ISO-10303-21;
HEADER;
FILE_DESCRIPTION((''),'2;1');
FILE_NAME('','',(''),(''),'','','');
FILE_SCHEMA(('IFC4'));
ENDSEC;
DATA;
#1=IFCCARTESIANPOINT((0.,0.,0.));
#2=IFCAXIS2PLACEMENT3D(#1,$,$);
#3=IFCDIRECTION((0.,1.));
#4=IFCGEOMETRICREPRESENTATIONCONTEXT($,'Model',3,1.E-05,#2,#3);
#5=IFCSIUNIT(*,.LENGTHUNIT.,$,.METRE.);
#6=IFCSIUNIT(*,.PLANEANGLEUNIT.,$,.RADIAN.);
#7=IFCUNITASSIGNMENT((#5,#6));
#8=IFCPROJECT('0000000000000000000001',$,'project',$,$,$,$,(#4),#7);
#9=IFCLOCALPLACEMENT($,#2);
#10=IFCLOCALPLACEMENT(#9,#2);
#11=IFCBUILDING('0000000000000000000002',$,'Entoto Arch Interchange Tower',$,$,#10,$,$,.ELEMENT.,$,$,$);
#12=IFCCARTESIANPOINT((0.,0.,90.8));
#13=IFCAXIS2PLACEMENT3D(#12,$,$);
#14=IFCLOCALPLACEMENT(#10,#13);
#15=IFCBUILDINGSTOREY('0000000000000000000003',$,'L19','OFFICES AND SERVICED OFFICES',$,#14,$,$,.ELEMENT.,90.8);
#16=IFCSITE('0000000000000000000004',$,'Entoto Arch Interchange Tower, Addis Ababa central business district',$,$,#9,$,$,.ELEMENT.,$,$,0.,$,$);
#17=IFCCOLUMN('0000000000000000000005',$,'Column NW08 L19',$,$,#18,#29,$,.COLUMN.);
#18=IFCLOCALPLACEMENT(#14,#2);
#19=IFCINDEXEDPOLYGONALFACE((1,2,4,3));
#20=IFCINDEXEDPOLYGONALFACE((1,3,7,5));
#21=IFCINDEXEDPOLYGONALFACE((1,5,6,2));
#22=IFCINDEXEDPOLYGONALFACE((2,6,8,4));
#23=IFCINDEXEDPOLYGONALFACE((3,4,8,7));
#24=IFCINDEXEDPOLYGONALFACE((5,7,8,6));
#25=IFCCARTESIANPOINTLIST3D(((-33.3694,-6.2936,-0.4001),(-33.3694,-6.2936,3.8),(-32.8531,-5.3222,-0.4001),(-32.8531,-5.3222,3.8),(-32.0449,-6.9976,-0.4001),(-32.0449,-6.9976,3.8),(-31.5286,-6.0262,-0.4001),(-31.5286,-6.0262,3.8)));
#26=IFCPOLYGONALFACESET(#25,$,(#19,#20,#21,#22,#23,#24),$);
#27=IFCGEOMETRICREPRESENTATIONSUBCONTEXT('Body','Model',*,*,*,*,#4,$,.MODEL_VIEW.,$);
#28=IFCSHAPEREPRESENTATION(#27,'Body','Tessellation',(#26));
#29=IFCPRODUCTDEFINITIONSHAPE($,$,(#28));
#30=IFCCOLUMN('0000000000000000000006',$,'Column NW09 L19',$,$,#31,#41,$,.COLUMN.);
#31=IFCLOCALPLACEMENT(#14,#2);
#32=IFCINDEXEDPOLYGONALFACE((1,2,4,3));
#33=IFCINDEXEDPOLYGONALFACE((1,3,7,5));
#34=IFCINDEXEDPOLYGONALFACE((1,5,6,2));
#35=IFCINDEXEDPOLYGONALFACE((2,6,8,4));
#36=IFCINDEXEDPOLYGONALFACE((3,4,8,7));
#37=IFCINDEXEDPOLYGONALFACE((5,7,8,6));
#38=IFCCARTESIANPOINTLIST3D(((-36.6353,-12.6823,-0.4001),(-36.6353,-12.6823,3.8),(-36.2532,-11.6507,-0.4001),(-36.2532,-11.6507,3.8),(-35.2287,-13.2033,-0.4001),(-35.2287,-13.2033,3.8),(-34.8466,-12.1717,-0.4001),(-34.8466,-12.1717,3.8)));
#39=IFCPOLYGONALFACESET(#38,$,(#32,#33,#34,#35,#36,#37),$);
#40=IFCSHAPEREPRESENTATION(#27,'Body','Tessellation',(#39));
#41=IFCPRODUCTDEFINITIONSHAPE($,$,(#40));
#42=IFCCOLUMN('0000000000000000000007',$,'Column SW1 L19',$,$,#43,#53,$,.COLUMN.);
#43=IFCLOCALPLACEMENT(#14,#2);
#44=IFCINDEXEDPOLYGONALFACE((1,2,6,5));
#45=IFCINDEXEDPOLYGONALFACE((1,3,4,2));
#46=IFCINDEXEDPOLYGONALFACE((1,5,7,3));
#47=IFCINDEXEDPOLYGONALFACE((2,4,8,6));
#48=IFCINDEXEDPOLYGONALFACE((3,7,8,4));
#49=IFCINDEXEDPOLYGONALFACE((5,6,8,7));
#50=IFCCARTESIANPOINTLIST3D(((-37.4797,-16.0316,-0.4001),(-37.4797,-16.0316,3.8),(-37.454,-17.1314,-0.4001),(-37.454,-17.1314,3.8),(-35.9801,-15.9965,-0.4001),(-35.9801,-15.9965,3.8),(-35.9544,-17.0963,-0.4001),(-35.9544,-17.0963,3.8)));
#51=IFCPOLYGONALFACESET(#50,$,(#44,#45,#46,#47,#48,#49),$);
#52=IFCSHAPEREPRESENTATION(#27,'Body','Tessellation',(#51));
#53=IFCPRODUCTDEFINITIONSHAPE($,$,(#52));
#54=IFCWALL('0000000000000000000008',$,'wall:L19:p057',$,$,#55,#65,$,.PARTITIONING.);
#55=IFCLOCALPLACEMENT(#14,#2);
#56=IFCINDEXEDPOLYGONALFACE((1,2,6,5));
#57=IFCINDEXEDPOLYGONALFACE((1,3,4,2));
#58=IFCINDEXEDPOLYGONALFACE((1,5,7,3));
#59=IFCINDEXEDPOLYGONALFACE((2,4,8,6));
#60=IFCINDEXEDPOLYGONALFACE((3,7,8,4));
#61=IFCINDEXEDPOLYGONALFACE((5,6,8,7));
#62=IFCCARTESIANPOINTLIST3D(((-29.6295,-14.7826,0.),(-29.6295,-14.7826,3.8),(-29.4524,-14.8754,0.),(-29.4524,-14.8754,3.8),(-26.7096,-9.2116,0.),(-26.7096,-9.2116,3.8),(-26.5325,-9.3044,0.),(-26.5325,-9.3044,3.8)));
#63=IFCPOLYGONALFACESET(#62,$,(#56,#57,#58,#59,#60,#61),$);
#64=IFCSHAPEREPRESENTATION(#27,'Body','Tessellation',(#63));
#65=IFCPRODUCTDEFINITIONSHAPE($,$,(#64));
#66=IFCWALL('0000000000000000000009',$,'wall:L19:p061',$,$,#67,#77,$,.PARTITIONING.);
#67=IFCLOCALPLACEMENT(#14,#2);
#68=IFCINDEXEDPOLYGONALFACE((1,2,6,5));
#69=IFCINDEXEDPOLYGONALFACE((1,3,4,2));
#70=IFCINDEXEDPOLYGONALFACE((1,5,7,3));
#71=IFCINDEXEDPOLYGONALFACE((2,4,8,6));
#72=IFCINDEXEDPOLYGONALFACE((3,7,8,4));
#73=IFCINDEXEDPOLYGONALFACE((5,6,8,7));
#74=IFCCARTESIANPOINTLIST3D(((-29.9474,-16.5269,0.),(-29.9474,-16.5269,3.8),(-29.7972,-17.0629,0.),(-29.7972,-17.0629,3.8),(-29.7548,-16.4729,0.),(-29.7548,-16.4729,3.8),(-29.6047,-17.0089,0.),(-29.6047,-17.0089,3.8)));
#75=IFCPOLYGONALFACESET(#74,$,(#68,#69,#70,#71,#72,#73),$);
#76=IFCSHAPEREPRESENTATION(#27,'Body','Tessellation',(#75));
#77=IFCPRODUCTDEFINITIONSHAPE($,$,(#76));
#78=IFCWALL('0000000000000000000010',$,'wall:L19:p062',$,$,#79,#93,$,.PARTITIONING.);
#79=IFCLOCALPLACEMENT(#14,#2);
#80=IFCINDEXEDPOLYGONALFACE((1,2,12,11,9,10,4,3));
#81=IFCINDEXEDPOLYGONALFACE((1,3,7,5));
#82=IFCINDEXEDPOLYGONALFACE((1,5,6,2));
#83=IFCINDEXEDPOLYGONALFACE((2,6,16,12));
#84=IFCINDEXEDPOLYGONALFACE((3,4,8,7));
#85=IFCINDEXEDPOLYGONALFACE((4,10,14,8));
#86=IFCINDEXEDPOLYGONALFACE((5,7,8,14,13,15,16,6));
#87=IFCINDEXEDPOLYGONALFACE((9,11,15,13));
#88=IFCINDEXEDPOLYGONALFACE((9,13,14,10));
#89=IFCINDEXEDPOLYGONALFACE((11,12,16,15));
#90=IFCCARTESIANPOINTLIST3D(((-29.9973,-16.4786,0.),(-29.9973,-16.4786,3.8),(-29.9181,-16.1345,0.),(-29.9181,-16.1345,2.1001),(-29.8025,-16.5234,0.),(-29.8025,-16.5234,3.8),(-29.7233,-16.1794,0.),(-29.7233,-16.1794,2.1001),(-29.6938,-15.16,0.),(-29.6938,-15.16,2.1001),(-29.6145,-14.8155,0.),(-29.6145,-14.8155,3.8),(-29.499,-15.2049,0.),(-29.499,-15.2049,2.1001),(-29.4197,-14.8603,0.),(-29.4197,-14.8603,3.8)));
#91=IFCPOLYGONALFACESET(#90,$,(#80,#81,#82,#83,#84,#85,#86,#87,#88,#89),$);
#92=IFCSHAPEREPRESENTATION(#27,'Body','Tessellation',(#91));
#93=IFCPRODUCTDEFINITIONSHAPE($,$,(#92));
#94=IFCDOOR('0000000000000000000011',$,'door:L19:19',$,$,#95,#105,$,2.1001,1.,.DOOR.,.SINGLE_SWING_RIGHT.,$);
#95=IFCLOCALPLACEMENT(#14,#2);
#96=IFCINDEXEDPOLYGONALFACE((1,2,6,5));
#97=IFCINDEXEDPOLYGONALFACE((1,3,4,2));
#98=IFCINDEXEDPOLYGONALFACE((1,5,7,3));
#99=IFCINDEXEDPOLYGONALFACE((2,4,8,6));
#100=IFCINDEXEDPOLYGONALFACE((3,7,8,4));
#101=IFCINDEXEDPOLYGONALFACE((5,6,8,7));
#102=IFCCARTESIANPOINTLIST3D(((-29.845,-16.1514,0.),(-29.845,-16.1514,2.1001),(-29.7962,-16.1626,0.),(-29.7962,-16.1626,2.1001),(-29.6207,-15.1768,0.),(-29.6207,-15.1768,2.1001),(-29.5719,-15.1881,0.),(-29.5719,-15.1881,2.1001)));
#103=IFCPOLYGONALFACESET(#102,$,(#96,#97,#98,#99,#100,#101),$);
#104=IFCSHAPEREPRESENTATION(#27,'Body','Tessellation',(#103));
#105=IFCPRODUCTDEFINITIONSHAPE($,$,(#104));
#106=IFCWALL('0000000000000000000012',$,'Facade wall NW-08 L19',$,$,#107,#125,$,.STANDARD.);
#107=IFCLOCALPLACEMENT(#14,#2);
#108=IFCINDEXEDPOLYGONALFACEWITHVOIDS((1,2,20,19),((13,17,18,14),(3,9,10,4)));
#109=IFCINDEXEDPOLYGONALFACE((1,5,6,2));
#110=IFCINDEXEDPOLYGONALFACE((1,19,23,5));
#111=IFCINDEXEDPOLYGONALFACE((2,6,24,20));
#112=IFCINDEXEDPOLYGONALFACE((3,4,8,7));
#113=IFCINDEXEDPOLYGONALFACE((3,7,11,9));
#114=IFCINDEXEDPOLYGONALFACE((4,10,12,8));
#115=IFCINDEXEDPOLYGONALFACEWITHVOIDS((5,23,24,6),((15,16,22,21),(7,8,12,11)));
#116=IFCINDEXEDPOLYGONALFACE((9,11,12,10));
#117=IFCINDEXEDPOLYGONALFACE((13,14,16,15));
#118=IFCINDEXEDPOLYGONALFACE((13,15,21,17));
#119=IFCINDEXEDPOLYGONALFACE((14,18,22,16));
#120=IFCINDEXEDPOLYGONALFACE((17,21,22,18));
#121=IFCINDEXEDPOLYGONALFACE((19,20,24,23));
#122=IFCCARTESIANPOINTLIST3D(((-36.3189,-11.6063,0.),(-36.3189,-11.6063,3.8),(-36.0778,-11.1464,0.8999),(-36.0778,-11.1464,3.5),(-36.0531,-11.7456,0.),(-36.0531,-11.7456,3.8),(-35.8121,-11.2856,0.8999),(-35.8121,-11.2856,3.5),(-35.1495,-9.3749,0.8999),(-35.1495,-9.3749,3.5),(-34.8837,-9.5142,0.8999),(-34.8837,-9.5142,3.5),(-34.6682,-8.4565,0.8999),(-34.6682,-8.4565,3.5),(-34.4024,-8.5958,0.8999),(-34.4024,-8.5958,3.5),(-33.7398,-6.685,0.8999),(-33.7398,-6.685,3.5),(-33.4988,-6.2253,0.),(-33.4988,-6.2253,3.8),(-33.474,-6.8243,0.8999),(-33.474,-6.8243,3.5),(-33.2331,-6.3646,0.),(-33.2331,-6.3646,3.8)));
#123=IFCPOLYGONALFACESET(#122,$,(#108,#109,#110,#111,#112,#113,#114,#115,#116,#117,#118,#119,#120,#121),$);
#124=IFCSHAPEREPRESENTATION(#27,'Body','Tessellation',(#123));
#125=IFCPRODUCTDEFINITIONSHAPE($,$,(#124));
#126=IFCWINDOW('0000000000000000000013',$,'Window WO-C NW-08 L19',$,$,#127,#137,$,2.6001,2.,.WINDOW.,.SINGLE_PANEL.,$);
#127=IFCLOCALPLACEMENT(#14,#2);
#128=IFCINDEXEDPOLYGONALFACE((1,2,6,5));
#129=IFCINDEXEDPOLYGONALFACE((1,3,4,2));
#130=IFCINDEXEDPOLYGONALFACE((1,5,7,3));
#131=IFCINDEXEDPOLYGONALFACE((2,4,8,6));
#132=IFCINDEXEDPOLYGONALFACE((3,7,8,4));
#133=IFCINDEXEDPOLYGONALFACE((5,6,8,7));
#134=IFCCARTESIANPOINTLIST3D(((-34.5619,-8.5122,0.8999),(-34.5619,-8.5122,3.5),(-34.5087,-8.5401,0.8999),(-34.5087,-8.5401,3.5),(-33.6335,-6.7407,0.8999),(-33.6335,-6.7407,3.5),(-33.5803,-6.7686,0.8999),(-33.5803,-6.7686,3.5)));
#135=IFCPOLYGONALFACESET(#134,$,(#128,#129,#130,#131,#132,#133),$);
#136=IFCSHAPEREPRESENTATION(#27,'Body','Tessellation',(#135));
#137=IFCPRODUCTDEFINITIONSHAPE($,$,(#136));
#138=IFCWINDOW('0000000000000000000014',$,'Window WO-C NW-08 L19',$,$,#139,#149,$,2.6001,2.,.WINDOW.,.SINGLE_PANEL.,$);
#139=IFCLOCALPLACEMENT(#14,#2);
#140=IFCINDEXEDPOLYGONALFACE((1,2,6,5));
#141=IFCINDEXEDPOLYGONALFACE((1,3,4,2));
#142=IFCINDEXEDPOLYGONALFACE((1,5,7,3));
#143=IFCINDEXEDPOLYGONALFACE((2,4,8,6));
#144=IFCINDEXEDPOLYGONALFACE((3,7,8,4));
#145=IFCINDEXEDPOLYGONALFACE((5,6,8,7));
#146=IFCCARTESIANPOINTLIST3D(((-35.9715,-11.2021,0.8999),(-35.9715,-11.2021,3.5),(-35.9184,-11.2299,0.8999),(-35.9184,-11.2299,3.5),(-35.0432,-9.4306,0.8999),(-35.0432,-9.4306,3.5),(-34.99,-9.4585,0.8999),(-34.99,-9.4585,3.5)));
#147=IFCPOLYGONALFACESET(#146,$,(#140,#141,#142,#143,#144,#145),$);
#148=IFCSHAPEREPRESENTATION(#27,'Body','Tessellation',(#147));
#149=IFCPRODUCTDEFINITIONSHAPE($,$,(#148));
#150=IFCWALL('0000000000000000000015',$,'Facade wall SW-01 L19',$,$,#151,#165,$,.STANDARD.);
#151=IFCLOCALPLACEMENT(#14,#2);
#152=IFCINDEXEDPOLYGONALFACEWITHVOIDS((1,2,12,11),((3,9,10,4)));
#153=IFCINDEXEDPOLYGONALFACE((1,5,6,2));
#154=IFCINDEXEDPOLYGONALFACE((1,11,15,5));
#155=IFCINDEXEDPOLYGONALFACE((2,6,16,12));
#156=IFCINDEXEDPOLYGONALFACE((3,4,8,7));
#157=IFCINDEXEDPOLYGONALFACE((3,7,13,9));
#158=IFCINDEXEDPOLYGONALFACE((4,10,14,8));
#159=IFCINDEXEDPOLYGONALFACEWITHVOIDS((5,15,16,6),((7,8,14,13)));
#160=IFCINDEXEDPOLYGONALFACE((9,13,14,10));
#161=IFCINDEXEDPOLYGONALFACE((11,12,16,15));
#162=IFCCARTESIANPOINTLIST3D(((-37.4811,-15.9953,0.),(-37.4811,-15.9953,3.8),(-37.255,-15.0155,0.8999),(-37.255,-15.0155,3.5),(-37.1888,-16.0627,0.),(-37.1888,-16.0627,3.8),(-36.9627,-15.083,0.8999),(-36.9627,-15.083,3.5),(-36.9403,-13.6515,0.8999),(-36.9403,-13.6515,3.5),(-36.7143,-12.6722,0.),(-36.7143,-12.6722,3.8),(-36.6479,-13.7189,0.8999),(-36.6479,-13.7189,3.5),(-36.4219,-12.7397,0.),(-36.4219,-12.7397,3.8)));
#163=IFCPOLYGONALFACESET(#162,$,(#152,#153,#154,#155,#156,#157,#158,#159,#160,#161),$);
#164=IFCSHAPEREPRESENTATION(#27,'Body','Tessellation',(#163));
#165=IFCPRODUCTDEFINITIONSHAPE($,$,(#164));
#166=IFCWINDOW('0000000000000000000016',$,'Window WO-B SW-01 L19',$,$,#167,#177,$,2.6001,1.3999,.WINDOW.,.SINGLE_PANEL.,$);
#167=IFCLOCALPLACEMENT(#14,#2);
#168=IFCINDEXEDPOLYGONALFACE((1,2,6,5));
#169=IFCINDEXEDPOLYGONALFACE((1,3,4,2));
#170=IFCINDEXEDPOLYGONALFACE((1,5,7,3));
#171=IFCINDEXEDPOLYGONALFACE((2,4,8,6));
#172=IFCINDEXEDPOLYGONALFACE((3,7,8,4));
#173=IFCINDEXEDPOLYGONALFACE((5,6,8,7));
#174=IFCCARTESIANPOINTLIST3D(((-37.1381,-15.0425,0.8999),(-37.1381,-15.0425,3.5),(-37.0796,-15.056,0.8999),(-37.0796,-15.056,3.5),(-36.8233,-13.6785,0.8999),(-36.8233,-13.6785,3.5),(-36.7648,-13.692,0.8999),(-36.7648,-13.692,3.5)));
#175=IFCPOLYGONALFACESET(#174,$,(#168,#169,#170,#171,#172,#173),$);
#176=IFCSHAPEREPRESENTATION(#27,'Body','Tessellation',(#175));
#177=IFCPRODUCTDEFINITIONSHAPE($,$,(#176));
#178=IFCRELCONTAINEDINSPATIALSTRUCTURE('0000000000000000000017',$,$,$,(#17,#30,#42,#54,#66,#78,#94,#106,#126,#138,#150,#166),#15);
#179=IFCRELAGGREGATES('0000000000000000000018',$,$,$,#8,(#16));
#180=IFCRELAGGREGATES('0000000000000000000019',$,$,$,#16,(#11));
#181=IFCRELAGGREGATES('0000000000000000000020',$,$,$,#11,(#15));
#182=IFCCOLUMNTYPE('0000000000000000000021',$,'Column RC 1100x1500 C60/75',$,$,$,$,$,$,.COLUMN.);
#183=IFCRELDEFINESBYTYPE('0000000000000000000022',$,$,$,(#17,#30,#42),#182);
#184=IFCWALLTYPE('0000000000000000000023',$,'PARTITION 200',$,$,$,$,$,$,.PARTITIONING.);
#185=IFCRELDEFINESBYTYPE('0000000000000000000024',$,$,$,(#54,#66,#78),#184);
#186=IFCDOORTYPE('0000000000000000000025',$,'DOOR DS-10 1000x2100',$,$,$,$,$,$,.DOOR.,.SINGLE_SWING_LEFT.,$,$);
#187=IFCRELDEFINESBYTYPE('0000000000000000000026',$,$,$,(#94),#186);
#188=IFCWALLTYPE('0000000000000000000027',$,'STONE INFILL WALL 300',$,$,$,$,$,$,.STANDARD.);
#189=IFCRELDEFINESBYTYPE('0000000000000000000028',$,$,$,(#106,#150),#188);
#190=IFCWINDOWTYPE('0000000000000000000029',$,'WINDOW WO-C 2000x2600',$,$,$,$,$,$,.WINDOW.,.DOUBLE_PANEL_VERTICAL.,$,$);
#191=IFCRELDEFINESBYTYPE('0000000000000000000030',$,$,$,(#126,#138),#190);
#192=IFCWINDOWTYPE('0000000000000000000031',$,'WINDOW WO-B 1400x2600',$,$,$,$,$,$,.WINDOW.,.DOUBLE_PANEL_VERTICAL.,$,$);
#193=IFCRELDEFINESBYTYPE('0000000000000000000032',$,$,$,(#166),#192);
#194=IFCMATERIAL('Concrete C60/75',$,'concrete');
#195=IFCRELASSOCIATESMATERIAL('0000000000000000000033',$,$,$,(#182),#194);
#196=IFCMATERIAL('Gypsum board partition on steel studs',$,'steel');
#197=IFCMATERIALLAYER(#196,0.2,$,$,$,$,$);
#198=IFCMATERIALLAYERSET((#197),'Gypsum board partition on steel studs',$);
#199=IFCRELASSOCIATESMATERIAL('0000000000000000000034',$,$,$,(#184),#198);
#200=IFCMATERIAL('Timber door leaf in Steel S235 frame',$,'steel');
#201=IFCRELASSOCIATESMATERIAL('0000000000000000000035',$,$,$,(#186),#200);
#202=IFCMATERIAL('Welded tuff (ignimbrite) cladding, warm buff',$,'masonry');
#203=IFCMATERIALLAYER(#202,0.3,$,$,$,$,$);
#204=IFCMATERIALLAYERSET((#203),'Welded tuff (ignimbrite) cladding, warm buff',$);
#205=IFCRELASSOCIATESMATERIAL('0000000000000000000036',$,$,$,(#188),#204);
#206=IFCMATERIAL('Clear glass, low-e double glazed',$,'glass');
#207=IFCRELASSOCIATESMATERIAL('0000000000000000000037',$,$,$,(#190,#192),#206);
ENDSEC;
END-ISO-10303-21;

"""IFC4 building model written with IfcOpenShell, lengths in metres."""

from ifc_helpers import new_model, si_unit, direction, frame, frame_2d, origin, origin_2d, place, context, subcontext, project, spatial, rectangle, extrude, material, layer, layer_set, material_profile, profile_set, type_object, element, fill, save


model = new_model("IFC4")

# Units and contexts
model_context = context("Model", 3, precision=1e-05, world=origin(), true_north=direction((0.0, 1.0)))
body_context = subcontext(model_context, "Body", "Model", "MODEL_VIEW")
ifc_project = project(units=[si_unit("LENGTHUNIT", "METRE"), si_unit("PLANEANGLEUNIT", "RADIAN")], contexts=[model_context])

# Site, building, storey
site_placement = place(None, origin())
site = spatial("IfcSite", under=ifc_project, at=site_placement, Name="Entoto Arch Interchange Tower, Addis Ababa central business district", CompositionType="ELEMENT", RefElevation=0.0)
building_placement = place(site_placement, origin())
building = spatial("IfcBuilding", under=site, at=building_placement, Name="Entoto Arch Interchange Tower", CompositionType="ELEMENT")
storey_placement = place(building_placement, frame((0.0, 0.0, 90.8)))
storey = spatial("IfcBuildingStorey", under=building, at=storey_placement, Name="L19", Description="OFFICES AND SERVICED OFFICES", CompositionType="ELEMENT", Elevation=90.8)

# Columns
ifc_material_1 = material(Name="Concrete C60/75", Category="concrete")
ifc_material_profile = material_profile(ifc_material_1, rectangle(XDim=1.1001, YDim=1.5, at=origin_2d()))
ifc_profile_set = profile_set([ifc_material_profile], Name="Concrete C60/75")
column_type = type_object("IfcColumnType", Name="Column RC 1100x1500 C60/75", PredefinedType="COLUMN", material=ifc_profile_set)
for number, where, z_axis, x_axis, name in (
    (1, (-32.449, -6.1599, -0.4001), (0.0, 0.0, 1.0), (0.469333, 0.883021, 0.0), "Column NW08 L19"),
    (2, (-35.741, -12.427, -0.4001), (0.0, 0.0, 1.0), (0.347312, 0.93775, 0.0), "Column NW09 L19"),
    (3, (-36.717, -16.564, -0.4001), (0.0, 0.0, 1.0), (-0.023385, 0.999727, 0.0), "Column SW1 L19"),
):
    element("IfcColumn", number, at=place(storey_placement, frame(where, z_axis=z_axis, x_axis=x_axis)), inside=storey, type_object=column_type, Name=name, PredefinedType="COLUMN", context=body_context, shape_type="SweptSolid", body=[
        extrude(rectangle(XDim=1.1001, YDim=1.5, at=origin_2d()), origin(), (0.0, 0.0, 1.0), 4.2002),
    ])

# Walls
ifc_material_2 = material(Name="Gypsum board partition on steel studs", Category="steel")
ifc_layer_1 = layer(ifc_material_2, 0.2)
ifc_layer_set_1 = layer_set([ifc_layer_1], Name="Gypsum board partition on steel studs")
wall_type_1 = type_object("IfcWallType", Name="PARTITION 200", PredefinedType="PARTITIONING", material=ifc_layer_set_1)
wall_1_placement = place(storey_placement, frame((-29.541, -14.8291, 0.0), z_axis=(0.0, 0.0, 1.0), x_axis=(0.464226, 0.885717, 0.0)))
element("IfcWall", 4, at=wall_1_placement, inside=storey, type_object=wall_type_1, Name="wall:L19:p057", PredefinedType="PARTITIONING", context=body_context, shape_type="SweptSolid", body=[
    extrude(rectangle(XDim=6.2898, YDim=0.2, at=frame_2d((3.145, 0.0))), origin(), (0.0, 0.0, 1.0), 3.8),
])
wall_2_placement = place(storey_placement, frame((-29.7009, -17.0359, 0.0), z_axis=(0.0, 0.0, 1.0), x_axis=(-0.269793, 0.962918, 0.0)))
element("IfcWall", 5, at=wall_2_placement, inside=storey, type_object=wall_type_1, Name="wall:L19:p061", PredefinedType="PARTITIONING", context=body_context, shape_type="SweptSolid", body=[
    extrude(rectangle(XDim=0.5566, YDim=0.2, at=frame_2d((0.2783, 0.0))), origin(), (0.0, 0.0, 1.0), 3.8),
])

# Wall, opening, door
wall_3_placement = place(storey_placement, frame((-29.8999, -16.501, 0.0), z_axis=(0.0, 0.0, 1.0), x_axis=(0.224316, 0.974516, 0.0)))
wall_3 = element("IfcWall", 6, at=wall_3_placement, inside=storey, type_object=wall_type_1, Name="wall:L19:p062", PredefinedType="PARTITIONING", context=body_context, shape_type="SweptSolid", body=[
    extrude(rectangle(XDim=1.7065, YDim=0.2, at=frame_2d((0.8533, 0.0))), origin(), (0.0, 0.0, 1.0), 3.8),
])
opening_1_placement = place(wall_3_placement, frame((0.353, 0.0, 0.0)))
opening_1 = element("IfcOpeningElement", 7, at=opening_1_placement, cuts=wall_3, PredefinedType="OPENING", context=body_context, shape_type="SweptSolid", body=[
    extrude(rectangle(XDim=1.0, YDim=2.1001, at=frame_2d((0.5, 1.05))), frame((0.0, 0.1099, 0.0), z_axis=(0.0, -1.0, 0.0), x_axis=(1.0, 0.0, 0.0)), (0.0, 0.0, 1.0), 0.22),
])
ifc_material_3 = material(Name="Timber door leaf in Steel S235 frame", Category="steel")
door_type = type_object("IfcDoorType", Name="DOOR DS-10 1000x2100", OperationType="SINGLE_SWING_LEFT", PredefinedType="DOOR", material=ifc_material_3)
door_placement = place(opening_1_placement, origin())
door = element("IfcDoor", 8, at=door_placement, inside=storey, type_object=door_type, Name="door:L19:19", OperationType="SINGLE_SWING_RIGHT", OverallHeight=2.1001, OverallWidth=1.0, PredefinedType="DOOR", context=body_context, shape_type="SweptSolid", body=[
    extrude(rectangle(XDim=1.0, YDim=2.1001, at=frame_2d((0.5, 1.05))), frame((0.0, 0.0249, 0.0), z_axis=(0.0, -1.0, 0.0), x_axis=(1.0, 0.0, 0.0)), (0.0, 0.0, 1.0), 0.05),
])
fill(opening_1, door)

# Wall, openings, windows
ifc_material_4 = material(Name="Welded tuff (ignimbrite) cladding, warm buff", Category="masonry")
ifc_layer_2 = layer(ifc_material_4, 0.3)
ifc_layer_set_2 = layer_set([ifc_layer_2], Name="Welded tuff (ignimbrite) cladding, warm buff")
wall_type_2 = type_object("IfcWallType", Name="STONE INFILL WALL 300", PredefinedType="STANDARD", material=ifc_layer_set_2)
wall_4_placement = place(storey_placement, frame((-33.366, -6.2949, 0.0), z_axis=(0.0, 0.0, 1.0), x_axis=(-0.464187, -0.885737, 0.0)))
wall_4 = element("IfcWall", 9, at=wall_4_placement, inside=storey, type_object=wall_type_2, Name="Facade wall NW-08 L19", PredefinedType="STANDARD", context=body_context, shape_type="SweptSolid", body=[
    extrude(rectangle(XDim=6.0752, YDim=0.3, at=frame_2d((3.0376, 0.0))), origin(), (0.0, 0.0, 1.0), 3.8),
])
opening_2_placement = place(wall_4_placement, frame((0.519, 0.0, 0.8999)))
opening_2 = element("IfcOpeningElement", 10, at=opening_2_placement, cuts=wall_4, PredefinedType="OPENING", context=body_context, shape_type="SweptSolid", body=[
    extrude(rectangle(XDim=2.0, YDim=2.6001, at=frame_2d((1.0, 1.3))), frame((0.0, 0.1602, 0.0), z_axis=(0.0, -1.0, 0.0), x_axis=(1.0, 0.0, 0.0)), (0.0, 0.0, 1.0), 0.3201),
])
opening_3_placement = place(wall_4_placement, frame((3.5559, 0.0, 0.8999)))
opening_3 = element("IfcOpeningElement", 11, at=opening_3_placement, cuts=wall_4, PredefinedType="OPENING", context=body_context, shape_type="SweptSolid", body=[
    extrude(rectangle(XDim=2.0, YDim=2.6001, at=frame_2d((1.0, 1.3))), frame((0.0, 0.1602, 0.0), z_axis=(0.0, -1.0, 0.0), x_axis=(1.0, 0.0, 0.0)), (0.0, 0.0, 1.0), 0.3201),
])
ifc_material_5 = material(Name="Clear glass, low-e double glazed", Category="glass")
window_type_1 = type_object("IfcWindowType", Name="WINDOW WO-C 2000x2600", PartitioningType="DOUBLE_PANEL_VERTICAL", PredefinedType="WINDOW", material=ifc_material_5)
window_1_placement = place(opening_2_placement, origin())
window_1 = element("IfcWindow", 12, at=window_1_placement, inside=storey, type_object=window_type_1, Name="Window WO-C NW-08 L19", OverallHeight=2.6001, OverallWidth=2.0, PartitioningType="SINGLE_PANEL", PredefinedType="WINDOW", context=body_context, shape_type="SweptSolid", body=[
    extrude(rectangle(XDim=2.0, YDim=2.6001, at=frame_2d((1.0, 1.3))), frame((0.0, 0.03, 0.0), z_axis=(0.0, -1.0, 0.0), x_axis=(1.0, 0.0, 0.0)), (0.0, 0.0, 1.0), 0.0601),
])
fill(opening_2, window_1)
window_2_placement = place(opening_3_placement, origin())
window_2 = element("IfcWindow", 13, at=window_2_placement, inside=storey, type_object=window_type_1, Name="Window WO-C NW-08 L19", OverallHeight=2.6001, OverallWidth=2.0, PartitioningType="SINGLE_PANEL", PredefinedType="WINDOW", context=body_context, shape_type="SweptSolid", body=[
    extrude(rectangle(XDim=2.0, YDim=2.6001, at=frame_2d((1.0, 1.3))), frame((0.0, 0.03, 0.0), z_axis=(0.0, -1.0, 0.0), x_axis=(1.0, 0.0, 0.0)), (0.0, 0.0, 1.0), 0.0601),
])
fill(opening_3, window_2)

# Wall, opening, window
wall_5_placement = place(storey_placement, frame((-36.5681, -12.7061, 0.0), z_axis=(0.0, 0.0, 1.0), x_axis=(-0.22486, -0.974391, 0.0)))
wall_5 = element("IfcWall", 14, at=wall_5_placement, inside=storey, type_object=wall_type_2, Name="Facade wall SW-01 L19", PredefinedType="STANDARD", context=body_context, shape_type="SweptSolid", body=[
    extrude(rectangle(XDim=3.4104, YDim=0.3, at=frame_2d((1.7051, 0.0))), origin(), (0.0, 0.0, 1.0), 3.8),
])
opening_4_placement = place(wall_5_placement, frame((1.0049, 0.0, 0.8999)))
opening_4 = element("IfcOpeningElement", 15, at=opening_4_placement, cuts=wall_5, PredefinedType="OPENING", context=body_context, shape_type="SweptSolid", body=[
    extrude(rectangle(XDim=1.3999, YDim=2.6001, at=frame_2d((0.7, 1.3))), frame((0.0, 0.1602, 0.0), z_axis=(0.0, -1.0, 0.0), x_axis=(1.0, 0.0, 0.0)), (0.0, 0.0, 1.0), 0.3201),
])
window_type_2 = type_object("IfcWindowType", Name="WINDOW WO-B 1400x2600", PartitioningType="DOUBLE_PANEL_VERTICAL", PredefinedType="WINDOW", material=ifc_material_5)
window_3_placement = place(opening_4_placement, origin())
window_3 = element("IfcWindow", 16, at=window_3_placement, inside=storey, type_object=window_type_2, Name="Window WO-B SW-01 L19", OverallHeight=2.6001, OverallWidth=1.3999, PartitioningType="SINGLE_PANEL", PredefinedType="WINDOW", context=body_context, shape_type="SweptSolid", body=[
    extrude(rectangle(XDim=1.3999, YDim=2.6001, at=frame_2d((0.7, 1.3))), frame((0.0, 0.03, 0.0), z_axis=(0.0, -1.0, 0.0), x_axis=(1.0, 0.0, 0.0)), (0.0, 0.0, 1.0), 0.0601),
])
fill(opening_4, window_3)

save(model, "model.ifc")
